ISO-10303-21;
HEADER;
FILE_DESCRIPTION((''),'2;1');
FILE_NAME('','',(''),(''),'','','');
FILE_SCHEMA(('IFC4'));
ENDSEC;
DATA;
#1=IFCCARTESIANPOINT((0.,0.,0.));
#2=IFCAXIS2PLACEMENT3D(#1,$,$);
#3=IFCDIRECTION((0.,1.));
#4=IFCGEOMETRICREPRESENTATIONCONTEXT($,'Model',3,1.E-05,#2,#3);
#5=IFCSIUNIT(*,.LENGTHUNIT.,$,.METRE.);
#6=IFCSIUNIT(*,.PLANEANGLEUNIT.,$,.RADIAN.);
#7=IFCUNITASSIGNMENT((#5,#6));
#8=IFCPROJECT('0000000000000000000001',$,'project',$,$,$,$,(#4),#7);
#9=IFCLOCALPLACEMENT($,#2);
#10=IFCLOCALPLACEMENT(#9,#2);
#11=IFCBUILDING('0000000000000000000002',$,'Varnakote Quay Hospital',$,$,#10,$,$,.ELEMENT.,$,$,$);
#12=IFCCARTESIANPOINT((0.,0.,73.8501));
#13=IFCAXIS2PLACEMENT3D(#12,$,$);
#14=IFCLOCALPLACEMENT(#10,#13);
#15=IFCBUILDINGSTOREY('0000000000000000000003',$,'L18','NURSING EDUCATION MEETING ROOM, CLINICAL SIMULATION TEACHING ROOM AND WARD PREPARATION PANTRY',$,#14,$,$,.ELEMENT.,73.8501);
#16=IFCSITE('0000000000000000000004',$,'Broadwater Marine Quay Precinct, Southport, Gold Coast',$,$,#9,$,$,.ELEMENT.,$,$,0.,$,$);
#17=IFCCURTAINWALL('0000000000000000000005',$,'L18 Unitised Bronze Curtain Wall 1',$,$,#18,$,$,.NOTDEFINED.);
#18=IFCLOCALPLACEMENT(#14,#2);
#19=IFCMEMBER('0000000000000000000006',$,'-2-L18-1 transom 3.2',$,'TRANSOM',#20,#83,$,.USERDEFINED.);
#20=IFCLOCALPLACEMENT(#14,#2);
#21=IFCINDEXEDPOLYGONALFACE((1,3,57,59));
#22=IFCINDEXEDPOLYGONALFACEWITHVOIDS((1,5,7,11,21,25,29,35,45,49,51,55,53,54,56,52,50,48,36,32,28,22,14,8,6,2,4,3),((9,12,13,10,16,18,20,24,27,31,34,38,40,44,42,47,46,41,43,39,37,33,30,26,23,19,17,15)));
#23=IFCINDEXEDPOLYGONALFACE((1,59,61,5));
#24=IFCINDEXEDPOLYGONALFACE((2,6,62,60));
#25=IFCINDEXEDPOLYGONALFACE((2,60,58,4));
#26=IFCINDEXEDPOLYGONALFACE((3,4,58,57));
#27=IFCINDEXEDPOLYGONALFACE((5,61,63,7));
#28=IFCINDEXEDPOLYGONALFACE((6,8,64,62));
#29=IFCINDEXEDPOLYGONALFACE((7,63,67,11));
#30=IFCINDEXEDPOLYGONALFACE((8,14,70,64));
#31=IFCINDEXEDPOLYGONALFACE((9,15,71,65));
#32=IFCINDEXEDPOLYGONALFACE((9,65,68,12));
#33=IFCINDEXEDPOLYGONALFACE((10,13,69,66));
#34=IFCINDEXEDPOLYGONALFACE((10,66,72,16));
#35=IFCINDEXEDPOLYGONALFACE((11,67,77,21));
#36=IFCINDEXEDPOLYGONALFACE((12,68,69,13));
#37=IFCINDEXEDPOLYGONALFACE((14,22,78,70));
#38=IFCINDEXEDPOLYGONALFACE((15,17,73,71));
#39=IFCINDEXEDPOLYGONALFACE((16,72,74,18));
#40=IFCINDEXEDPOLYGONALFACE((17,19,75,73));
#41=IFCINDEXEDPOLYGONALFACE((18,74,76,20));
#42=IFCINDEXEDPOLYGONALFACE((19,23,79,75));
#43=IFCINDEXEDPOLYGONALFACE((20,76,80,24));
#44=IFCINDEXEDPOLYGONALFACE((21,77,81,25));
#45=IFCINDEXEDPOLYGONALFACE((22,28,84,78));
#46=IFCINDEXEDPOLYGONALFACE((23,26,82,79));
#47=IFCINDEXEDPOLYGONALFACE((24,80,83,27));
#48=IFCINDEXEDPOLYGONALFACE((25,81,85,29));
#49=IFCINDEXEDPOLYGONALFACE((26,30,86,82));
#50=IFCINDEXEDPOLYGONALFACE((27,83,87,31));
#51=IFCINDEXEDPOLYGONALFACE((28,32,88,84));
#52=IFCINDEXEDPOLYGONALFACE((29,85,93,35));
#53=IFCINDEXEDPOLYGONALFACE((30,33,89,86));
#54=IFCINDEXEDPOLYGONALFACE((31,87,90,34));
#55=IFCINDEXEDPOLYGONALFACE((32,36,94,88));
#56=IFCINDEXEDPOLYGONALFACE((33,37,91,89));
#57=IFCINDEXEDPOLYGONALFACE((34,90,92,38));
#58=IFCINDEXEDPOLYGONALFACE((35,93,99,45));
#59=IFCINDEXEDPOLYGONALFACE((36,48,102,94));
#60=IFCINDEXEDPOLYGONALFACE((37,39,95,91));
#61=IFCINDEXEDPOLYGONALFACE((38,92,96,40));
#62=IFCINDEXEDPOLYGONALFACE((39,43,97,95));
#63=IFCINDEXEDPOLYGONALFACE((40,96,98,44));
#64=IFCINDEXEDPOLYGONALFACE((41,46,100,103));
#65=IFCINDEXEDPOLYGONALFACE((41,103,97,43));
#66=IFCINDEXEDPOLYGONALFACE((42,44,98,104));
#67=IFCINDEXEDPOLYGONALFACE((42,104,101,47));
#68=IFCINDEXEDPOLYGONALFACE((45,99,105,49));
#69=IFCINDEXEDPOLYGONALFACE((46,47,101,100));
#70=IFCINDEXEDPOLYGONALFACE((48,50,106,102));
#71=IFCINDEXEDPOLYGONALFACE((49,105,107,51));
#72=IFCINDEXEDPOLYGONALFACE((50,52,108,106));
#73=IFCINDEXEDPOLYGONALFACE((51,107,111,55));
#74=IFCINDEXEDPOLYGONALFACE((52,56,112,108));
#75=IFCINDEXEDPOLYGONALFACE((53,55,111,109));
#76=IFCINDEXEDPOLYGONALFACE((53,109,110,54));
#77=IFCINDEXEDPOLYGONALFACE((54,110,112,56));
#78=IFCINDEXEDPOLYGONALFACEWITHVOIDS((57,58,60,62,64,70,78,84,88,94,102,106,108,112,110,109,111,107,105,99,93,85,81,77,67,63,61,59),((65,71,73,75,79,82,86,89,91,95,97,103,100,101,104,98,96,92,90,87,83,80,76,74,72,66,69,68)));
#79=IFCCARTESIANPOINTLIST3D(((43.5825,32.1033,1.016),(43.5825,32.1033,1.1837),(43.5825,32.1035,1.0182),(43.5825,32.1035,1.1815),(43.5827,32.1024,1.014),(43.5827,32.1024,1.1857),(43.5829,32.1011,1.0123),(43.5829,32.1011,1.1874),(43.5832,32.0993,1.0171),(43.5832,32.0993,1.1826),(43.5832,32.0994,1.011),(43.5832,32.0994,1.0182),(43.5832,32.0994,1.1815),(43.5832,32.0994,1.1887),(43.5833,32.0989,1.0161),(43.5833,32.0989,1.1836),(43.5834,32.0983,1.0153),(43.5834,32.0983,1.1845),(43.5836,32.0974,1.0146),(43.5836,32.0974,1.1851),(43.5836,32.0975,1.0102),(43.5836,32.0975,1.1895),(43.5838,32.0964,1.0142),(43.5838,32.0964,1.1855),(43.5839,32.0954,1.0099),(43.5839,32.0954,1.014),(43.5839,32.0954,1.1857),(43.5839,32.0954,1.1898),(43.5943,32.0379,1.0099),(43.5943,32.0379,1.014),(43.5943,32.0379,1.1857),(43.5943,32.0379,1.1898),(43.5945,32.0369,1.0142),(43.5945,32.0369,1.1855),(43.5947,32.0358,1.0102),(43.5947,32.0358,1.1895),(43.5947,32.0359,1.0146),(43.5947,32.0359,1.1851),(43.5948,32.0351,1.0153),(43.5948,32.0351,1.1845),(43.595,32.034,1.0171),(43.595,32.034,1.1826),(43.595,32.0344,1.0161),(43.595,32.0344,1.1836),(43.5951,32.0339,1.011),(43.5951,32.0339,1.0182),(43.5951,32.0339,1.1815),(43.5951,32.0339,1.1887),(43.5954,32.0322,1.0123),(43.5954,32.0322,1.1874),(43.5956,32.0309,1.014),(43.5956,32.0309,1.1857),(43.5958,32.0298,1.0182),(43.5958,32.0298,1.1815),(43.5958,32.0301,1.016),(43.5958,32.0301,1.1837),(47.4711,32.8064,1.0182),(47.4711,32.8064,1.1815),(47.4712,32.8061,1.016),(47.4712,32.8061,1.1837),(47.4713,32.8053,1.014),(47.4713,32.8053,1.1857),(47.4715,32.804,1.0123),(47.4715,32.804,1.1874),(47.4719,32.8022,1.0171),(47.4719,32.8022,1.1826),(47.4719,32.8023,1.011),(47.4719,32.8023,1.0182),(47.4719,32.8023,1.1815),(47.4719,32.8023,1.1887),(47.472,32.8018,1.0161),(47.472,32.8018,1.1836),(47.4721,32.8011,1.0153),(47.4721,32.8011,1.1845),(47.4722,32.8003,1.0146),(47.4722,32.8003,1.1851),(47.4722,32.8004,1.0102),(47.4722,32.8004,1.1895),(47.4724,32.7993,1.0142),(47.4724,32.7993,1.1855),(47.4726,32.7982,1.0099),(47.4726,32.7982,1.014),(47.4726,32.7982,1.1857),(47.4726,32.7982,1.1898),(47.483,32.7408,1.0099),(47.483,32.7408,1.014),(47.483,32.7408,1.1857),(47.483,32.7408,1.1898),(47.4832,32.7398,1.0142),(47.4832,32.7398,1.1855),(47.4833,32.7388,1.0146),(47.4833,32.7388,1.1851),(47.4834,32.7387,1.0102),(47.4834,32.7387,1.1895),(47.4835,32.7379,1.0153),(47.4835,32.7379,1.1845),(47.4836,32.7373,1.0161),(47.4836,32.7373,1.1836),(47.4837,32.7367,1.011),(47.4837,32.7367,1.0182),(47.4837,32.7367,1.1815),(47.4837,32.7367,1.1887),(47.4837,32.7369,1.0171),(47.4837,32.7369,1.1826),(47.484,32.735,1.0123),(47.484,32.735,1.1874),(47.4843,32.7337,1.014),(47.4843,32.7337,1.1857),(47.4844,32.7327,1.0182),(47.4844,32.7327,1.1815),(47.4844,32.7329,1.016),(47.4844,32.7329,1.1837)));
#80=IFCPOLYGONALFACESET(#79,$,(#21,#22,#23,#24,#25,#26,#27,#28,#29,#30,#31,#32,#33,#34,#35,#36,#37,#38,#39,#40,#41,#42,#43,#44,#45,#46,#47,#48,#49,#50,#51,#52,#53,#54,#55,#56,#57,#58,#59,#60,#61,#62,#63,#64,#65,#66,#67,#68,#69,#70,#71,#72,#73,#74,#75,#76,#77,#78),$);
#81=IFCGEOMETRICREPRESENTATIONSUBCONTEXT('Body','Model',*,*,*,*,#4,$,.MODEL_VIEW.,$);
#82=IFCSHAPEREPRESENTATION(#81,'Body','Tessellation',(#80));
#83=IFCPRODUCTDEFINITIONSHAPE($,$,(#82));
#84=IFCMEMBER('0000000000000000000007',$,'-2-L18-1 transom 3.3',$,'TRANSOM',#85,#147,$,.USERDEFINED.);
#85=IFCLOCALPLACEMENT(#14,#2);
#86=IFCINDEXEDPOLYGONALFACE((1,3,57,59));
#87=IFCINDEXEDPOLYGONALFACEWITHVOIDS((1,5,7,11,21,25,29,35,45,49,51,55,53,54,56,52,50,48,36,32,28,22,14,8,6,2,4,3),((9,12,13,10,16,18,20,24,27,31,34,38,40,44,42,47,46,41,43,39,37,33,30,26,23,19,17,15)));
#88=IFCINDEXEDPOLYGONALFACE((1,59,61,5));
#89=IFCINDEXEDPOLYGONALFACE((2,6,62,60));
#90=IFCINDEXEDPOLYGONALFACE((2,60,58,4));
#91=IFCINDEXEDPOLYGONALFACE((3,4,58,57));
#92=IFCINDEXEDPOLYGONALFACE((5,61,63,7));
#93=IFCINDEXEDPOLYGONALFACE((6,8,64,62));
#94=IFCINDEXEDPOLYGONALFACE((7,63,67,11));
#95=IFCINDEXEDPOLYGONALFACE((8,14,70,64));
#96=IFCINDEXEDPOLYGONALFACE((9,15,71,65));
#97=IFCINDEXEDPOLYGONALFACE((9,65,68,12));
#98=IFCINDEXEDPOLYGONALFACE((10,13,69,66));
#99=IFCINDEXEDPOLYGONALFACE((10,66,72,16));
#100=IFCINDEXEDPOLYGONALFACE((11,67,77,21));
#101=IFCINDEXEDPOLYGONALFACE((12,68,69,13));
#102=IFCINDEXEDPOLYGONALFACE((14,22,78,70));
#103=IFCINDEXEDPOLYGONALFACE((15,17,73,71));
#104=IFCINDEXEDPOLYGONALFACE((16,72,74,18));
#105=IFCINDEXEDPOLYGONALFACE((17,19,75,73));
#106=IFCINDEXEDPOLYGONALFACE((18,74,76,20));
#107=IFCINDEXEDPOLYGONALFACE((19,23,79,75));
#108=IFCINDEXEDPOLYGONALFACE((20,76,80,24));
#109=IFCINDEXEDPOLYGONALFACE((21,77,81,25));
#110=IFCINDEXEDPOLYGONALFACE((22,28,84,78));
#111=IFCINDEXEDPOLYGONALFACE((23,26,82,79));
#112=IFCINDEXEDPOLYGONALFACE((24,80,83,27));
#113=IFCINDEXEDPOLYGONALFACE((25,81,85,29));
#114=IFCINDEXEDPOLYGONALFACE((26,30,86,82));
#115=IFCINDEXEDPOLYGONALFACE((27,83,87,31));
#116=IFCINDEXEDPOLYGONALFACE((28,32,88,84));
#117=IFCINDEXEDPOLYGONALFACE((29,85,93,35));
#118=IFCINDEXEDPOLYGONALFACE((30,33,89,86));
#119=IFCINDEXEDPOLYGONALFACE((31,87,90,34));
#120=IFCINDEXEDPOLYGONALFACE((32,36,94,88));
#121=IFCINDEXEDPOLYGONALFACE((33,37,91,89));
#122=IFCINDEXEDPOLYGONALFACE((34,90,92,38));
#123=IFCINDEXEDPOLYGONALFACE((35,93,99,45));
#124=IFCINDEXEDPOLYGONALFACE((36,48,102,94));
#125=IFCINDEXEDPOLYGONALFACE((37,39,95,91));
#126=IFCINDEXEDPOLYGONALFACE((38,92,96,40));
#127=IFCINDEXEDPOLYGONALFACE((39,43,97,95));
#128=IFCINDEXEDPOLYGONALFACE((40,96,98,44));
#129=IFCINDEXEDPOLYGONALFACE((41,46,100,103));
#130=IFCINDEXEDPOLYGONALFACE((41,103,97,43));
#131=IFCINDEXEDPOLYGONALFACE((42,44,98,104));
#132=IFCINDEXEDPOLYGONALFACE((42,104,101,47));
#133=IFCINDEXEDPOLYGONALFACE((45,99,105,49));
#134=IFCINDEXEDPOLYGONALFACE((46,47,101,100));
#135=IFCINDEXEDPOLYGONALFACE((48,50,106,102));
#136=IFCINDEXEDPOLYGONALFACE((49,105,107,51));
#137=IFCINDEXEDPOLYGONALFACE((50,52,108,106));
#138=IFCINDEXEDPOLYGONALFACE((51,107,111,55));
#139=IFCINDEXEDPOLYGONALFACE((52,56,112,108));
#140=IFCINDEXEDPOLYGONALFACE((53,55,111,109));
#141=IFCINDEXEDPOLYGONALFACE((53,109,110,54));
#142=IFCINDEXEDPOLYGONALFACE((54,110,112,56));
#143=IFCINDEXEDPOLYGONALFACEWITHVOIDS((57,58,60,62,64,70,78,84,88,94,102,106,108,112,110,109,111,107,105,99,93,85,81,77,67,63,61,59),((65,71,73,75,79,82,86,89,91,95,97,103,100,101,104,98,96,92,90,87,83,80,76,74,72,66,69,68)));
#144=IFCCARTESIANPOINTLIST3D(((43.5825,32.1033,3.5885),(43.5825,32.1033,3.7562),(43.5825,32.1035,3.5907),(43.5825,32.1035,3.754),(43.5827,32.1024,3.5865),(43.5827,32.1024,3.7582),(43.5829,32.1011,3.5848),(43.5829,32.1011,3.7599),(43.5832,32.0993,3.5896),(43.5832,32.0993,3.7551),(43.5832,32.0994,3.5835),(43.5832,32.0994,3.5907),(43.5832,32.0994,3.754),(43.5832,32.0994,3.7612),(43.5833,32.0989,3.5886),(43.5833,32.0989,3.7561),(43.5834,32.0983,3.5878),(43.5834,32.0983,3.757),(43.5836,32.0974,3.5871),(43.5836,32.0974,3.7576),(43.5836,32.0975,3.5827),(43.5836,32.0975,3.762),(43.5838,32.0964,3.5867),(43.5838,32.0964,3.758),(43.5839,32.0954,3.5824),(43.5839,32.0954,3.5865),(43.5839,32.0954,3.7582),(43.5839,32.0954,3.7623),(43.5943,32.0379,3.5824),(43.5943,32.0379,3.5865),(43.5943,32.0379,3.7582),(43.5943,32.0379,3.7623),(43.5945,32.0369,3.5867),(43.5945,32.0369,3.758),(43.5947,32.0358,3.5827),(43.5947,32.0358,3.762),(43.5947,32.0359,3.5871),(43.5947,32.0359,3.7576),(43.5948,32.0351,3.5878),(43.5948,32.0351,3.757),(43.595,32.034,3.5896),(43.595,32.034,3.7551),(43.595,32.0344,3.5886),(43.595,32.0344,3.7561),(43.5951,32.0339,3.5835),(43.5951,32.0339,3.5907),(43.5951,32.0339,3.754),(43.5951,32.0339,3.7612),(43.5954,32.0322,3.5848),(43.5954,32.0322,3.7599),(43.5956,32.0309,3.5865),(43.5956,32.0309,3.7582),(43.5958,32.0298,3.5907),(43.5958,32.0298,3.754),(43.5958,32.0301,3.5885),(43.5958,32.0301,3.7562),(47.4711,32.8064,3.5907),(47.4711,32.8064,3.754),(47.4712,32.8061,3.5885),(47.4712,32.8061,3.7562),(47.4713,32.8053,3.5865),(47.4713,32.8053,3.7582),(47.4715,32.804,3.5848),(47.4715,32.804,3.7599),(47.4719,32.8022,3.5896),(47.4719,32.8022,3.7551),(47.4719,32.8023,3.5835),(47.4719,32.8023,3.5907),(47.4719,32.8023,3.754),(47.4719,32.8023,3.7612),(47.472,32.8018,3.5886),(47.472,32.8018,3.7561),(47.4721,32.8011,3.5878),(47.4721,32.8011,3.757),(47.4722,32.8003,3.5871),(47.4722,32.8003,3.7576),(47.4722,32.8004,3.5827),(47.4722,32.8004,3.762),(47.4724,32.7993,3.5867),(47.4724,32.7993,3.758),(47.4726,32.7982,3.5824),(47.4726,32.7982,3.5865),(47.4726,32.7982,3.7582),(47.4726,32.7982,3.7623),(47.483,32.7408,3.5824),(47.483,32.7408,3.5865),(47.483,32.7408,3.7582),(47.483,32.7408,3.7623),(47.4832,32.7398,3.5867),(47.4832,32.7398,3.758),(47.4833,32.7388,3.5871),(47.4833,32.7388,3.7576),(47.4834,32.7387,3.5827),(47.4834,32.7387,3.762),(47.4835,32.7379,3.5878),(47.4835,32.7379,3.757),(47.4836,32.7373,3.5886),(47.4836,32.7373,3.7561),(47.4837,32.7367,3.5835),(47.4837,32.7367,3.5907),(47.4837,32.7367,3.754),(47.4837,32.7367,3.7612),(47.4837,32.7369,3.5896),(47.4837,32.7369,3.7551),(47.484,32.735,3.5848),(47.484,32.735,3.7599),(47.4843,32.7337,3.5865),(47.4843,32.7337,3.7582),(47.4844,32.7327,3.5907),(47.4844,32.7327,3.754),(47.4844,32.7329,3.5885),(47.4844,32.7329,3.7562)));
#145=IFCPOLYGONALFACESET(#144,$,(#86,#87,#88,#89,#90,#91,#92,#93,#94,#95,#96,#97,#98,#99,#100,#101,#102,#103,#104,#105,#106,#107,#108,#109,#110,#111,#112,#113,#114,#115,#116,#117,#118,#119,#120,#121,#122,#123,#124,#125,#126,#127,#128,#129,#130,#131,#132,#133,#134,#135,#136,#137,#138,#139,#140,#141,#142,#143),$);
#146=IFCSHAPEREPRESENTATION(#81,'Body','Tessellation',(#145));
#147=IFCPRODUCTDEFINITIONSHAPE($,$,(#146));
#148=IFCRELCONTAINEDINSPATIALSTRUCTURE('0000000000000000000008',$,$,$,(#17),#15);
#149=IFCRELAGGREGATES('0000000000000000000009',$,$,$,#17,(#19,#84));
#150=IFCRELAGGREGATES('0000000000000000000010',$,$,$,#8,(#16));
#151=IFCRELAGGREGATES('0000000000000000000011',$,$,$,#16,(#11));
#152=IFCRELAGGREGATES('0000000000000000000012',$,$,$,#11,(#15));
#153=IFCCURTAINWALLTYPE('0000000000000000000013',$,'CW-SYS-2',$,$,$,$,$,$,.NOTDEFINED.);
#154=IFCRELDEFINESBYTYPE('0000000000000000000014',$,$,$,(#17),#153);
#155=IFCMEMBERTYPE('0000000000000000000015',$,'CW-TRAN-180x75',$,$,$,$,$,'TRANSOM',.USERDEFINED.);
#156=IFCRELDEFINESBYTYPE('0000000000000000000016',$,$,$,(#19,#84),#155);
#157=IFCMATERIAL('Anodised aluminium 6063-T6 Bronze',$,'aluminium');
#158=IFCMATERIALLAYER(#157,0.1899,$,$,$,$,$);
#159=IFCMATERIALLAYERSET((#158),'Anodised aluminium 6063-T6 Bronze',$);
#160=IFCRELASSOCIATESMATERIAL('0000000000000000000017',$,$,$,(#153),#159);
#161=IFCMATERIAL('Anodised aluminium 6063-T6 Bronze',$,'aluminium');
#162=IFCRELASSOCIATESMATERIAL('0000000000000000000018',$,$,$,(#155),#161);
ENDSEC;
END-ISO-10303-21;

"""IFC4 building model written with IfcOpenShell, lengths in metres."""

from ifc_helpers import new_model, si_unit, direction, frame, origin, origin_2d, place, context, subcontext, project, spatial, hollow_rectangle, extrude, material, layer, layer_set, material_profile, profile_set, type_object, element, aggregate, save


model = new_model("IFC4")

# Units and contexts
model_context = context("Model", 3, precision=1e-05, world=origin(), true_north=direction((0.0, 1.0)))
body_context = subcontext(model_context, "Body", "Model", "MODEL_VIEW")
ifc_project = project(units=[si_unit("LENGTHUNIT", "METRE"), si_unit("PLANEANGLEUNIT", "RADIAN")], contexts=[model_context])

# Site, building, storey
site_placement = place(None, origin())
site = spatial("IfcSite", under=ifc_project, at=site_placement, Name="Broadwater Marine Quay Precinct, Southport, Gold Coast", CompositionType="ELEMENT", RefElevation=0.0)
building_placement = place(site_placement, origin())
building = spatial("IfcBuilding", under=site, at=building_placement, Name="Varnakote Quay Hospital", CompositionType="ELEMENT")
storey_placement = place(building_placement, frame((0.0, 0.0, 73.8501)))
storey = spatial("IfcBuildingStorey", under=building, at=storey_placement, Name="L18", Description="NURSING EDUCATION MEETING ROOM, CLINICAL SIMULATION TEACHING ROOM AND WARD PREPARATION PANTRY", CompositionType="ELEMENT", Elevation=73.8501)

# Curtain wall, members
ifc_material_1 = material(Name="Anodised aluminium 6063-T6 Bronze", Category="aluminium")
ifc_layer_1 = layer(ifc_material_1, 0.1899)
ifc_layer_set_1 = layer_set([ifc_layer_1], Name="Anodised aluminium 6063-T6 Bronze")
curtain_wall_type = type_object("IfcCurtainWallType", Name="CW-SYS-2", PredefinedType="NOTDEFINED", material=ifc_layer_set_1)
curtain_wall_placement = place(storey_placement, origin())
curtain_wall = element("IfcCurtainWall", 1, at=curtain_wall_placement, inside=storey, type_object=curtain_wall_type, Name="L18 Unitised Bronze Curtain Wall 1", PredefinedType="NOTDEFINED")
ifc_material_2 = material(Name="Anodised aluminium 6063-T6 Bronze", Category="aluminium")
ifc_material_profile_1 = material_profile(ifc_material_2, hollow_rectangle(XDim=0.075, YDim=0.1799, WallThickness=0.0042, InnerFilletRadius=0.0042, OuterFilletRadius=0.0083, at=origin_2d()), Name="CW-TRAN-180x75")
ifc_profile_set_1 = profile_set([ifc_material_profile_1], Name="Anodised aluminium 6063-T6 Bronze")
member_type_1 = type_object("IfcMemberType", Name="CW-TRAN-180x75", ElementType="TRANSOM", PredefinedType="USERDEFINED", material=ifc_profile_set_1)
member_1_placement = place(storey_placement, frame((47.4778, 32.7695, 1.0999), z_axis=(-0.984054, -0.177869, 0.0), x_axis=(0.177869, -0.984054, 0.0)))
member_1 = element("IfcMember", 2, at=member_1_placement, type_object=member_type_1, Name="-2-L18-1 transom 3.2", ObjectType="TRANSOM", PredefinedType="USERDEFINED", context=body_context, shape_type="SweptSolid", body=[
    extrude(hollow_rectangle(XDim=0.075, YDim=0.1799, WallThickness=0.0042, InnerFilletRadius=0.0042, OuterFilletRadius=0.0083, at=origin_2d()), origin(), (0.0, 0.0, 1.0), 3.9517),
])
member_2_placement = place(storey_placement, frame((47.4778, 32.7695, 3.6724), z_axis=(-0.984054, -0.177869, 0.0), x_axis=(0.177869, -0.984054, 0.0)))
member_2 = element("IfcMember", 3, at=member_2_placement, type_object=member_type_1, Name="-2-L18-1 transom 3.3", ObjectType="TRANSOM", PredefinedType="USERDEFINED", context=body_context, shape_type="SweptSolid", body=[
    extrude(hollow_rectangle(XDim=0.075, YDim=0.1799, WallThickness=0.0042, InnerFilletRadius=0.0042, OuterFilletRadius=0.0083, at=origin_2d()), origin(), (0.0, 0.0, 1.0), 3.9517),
])

aggregate(curtain_wall, [member_1, member_2])

save(model, "model.ifc")
